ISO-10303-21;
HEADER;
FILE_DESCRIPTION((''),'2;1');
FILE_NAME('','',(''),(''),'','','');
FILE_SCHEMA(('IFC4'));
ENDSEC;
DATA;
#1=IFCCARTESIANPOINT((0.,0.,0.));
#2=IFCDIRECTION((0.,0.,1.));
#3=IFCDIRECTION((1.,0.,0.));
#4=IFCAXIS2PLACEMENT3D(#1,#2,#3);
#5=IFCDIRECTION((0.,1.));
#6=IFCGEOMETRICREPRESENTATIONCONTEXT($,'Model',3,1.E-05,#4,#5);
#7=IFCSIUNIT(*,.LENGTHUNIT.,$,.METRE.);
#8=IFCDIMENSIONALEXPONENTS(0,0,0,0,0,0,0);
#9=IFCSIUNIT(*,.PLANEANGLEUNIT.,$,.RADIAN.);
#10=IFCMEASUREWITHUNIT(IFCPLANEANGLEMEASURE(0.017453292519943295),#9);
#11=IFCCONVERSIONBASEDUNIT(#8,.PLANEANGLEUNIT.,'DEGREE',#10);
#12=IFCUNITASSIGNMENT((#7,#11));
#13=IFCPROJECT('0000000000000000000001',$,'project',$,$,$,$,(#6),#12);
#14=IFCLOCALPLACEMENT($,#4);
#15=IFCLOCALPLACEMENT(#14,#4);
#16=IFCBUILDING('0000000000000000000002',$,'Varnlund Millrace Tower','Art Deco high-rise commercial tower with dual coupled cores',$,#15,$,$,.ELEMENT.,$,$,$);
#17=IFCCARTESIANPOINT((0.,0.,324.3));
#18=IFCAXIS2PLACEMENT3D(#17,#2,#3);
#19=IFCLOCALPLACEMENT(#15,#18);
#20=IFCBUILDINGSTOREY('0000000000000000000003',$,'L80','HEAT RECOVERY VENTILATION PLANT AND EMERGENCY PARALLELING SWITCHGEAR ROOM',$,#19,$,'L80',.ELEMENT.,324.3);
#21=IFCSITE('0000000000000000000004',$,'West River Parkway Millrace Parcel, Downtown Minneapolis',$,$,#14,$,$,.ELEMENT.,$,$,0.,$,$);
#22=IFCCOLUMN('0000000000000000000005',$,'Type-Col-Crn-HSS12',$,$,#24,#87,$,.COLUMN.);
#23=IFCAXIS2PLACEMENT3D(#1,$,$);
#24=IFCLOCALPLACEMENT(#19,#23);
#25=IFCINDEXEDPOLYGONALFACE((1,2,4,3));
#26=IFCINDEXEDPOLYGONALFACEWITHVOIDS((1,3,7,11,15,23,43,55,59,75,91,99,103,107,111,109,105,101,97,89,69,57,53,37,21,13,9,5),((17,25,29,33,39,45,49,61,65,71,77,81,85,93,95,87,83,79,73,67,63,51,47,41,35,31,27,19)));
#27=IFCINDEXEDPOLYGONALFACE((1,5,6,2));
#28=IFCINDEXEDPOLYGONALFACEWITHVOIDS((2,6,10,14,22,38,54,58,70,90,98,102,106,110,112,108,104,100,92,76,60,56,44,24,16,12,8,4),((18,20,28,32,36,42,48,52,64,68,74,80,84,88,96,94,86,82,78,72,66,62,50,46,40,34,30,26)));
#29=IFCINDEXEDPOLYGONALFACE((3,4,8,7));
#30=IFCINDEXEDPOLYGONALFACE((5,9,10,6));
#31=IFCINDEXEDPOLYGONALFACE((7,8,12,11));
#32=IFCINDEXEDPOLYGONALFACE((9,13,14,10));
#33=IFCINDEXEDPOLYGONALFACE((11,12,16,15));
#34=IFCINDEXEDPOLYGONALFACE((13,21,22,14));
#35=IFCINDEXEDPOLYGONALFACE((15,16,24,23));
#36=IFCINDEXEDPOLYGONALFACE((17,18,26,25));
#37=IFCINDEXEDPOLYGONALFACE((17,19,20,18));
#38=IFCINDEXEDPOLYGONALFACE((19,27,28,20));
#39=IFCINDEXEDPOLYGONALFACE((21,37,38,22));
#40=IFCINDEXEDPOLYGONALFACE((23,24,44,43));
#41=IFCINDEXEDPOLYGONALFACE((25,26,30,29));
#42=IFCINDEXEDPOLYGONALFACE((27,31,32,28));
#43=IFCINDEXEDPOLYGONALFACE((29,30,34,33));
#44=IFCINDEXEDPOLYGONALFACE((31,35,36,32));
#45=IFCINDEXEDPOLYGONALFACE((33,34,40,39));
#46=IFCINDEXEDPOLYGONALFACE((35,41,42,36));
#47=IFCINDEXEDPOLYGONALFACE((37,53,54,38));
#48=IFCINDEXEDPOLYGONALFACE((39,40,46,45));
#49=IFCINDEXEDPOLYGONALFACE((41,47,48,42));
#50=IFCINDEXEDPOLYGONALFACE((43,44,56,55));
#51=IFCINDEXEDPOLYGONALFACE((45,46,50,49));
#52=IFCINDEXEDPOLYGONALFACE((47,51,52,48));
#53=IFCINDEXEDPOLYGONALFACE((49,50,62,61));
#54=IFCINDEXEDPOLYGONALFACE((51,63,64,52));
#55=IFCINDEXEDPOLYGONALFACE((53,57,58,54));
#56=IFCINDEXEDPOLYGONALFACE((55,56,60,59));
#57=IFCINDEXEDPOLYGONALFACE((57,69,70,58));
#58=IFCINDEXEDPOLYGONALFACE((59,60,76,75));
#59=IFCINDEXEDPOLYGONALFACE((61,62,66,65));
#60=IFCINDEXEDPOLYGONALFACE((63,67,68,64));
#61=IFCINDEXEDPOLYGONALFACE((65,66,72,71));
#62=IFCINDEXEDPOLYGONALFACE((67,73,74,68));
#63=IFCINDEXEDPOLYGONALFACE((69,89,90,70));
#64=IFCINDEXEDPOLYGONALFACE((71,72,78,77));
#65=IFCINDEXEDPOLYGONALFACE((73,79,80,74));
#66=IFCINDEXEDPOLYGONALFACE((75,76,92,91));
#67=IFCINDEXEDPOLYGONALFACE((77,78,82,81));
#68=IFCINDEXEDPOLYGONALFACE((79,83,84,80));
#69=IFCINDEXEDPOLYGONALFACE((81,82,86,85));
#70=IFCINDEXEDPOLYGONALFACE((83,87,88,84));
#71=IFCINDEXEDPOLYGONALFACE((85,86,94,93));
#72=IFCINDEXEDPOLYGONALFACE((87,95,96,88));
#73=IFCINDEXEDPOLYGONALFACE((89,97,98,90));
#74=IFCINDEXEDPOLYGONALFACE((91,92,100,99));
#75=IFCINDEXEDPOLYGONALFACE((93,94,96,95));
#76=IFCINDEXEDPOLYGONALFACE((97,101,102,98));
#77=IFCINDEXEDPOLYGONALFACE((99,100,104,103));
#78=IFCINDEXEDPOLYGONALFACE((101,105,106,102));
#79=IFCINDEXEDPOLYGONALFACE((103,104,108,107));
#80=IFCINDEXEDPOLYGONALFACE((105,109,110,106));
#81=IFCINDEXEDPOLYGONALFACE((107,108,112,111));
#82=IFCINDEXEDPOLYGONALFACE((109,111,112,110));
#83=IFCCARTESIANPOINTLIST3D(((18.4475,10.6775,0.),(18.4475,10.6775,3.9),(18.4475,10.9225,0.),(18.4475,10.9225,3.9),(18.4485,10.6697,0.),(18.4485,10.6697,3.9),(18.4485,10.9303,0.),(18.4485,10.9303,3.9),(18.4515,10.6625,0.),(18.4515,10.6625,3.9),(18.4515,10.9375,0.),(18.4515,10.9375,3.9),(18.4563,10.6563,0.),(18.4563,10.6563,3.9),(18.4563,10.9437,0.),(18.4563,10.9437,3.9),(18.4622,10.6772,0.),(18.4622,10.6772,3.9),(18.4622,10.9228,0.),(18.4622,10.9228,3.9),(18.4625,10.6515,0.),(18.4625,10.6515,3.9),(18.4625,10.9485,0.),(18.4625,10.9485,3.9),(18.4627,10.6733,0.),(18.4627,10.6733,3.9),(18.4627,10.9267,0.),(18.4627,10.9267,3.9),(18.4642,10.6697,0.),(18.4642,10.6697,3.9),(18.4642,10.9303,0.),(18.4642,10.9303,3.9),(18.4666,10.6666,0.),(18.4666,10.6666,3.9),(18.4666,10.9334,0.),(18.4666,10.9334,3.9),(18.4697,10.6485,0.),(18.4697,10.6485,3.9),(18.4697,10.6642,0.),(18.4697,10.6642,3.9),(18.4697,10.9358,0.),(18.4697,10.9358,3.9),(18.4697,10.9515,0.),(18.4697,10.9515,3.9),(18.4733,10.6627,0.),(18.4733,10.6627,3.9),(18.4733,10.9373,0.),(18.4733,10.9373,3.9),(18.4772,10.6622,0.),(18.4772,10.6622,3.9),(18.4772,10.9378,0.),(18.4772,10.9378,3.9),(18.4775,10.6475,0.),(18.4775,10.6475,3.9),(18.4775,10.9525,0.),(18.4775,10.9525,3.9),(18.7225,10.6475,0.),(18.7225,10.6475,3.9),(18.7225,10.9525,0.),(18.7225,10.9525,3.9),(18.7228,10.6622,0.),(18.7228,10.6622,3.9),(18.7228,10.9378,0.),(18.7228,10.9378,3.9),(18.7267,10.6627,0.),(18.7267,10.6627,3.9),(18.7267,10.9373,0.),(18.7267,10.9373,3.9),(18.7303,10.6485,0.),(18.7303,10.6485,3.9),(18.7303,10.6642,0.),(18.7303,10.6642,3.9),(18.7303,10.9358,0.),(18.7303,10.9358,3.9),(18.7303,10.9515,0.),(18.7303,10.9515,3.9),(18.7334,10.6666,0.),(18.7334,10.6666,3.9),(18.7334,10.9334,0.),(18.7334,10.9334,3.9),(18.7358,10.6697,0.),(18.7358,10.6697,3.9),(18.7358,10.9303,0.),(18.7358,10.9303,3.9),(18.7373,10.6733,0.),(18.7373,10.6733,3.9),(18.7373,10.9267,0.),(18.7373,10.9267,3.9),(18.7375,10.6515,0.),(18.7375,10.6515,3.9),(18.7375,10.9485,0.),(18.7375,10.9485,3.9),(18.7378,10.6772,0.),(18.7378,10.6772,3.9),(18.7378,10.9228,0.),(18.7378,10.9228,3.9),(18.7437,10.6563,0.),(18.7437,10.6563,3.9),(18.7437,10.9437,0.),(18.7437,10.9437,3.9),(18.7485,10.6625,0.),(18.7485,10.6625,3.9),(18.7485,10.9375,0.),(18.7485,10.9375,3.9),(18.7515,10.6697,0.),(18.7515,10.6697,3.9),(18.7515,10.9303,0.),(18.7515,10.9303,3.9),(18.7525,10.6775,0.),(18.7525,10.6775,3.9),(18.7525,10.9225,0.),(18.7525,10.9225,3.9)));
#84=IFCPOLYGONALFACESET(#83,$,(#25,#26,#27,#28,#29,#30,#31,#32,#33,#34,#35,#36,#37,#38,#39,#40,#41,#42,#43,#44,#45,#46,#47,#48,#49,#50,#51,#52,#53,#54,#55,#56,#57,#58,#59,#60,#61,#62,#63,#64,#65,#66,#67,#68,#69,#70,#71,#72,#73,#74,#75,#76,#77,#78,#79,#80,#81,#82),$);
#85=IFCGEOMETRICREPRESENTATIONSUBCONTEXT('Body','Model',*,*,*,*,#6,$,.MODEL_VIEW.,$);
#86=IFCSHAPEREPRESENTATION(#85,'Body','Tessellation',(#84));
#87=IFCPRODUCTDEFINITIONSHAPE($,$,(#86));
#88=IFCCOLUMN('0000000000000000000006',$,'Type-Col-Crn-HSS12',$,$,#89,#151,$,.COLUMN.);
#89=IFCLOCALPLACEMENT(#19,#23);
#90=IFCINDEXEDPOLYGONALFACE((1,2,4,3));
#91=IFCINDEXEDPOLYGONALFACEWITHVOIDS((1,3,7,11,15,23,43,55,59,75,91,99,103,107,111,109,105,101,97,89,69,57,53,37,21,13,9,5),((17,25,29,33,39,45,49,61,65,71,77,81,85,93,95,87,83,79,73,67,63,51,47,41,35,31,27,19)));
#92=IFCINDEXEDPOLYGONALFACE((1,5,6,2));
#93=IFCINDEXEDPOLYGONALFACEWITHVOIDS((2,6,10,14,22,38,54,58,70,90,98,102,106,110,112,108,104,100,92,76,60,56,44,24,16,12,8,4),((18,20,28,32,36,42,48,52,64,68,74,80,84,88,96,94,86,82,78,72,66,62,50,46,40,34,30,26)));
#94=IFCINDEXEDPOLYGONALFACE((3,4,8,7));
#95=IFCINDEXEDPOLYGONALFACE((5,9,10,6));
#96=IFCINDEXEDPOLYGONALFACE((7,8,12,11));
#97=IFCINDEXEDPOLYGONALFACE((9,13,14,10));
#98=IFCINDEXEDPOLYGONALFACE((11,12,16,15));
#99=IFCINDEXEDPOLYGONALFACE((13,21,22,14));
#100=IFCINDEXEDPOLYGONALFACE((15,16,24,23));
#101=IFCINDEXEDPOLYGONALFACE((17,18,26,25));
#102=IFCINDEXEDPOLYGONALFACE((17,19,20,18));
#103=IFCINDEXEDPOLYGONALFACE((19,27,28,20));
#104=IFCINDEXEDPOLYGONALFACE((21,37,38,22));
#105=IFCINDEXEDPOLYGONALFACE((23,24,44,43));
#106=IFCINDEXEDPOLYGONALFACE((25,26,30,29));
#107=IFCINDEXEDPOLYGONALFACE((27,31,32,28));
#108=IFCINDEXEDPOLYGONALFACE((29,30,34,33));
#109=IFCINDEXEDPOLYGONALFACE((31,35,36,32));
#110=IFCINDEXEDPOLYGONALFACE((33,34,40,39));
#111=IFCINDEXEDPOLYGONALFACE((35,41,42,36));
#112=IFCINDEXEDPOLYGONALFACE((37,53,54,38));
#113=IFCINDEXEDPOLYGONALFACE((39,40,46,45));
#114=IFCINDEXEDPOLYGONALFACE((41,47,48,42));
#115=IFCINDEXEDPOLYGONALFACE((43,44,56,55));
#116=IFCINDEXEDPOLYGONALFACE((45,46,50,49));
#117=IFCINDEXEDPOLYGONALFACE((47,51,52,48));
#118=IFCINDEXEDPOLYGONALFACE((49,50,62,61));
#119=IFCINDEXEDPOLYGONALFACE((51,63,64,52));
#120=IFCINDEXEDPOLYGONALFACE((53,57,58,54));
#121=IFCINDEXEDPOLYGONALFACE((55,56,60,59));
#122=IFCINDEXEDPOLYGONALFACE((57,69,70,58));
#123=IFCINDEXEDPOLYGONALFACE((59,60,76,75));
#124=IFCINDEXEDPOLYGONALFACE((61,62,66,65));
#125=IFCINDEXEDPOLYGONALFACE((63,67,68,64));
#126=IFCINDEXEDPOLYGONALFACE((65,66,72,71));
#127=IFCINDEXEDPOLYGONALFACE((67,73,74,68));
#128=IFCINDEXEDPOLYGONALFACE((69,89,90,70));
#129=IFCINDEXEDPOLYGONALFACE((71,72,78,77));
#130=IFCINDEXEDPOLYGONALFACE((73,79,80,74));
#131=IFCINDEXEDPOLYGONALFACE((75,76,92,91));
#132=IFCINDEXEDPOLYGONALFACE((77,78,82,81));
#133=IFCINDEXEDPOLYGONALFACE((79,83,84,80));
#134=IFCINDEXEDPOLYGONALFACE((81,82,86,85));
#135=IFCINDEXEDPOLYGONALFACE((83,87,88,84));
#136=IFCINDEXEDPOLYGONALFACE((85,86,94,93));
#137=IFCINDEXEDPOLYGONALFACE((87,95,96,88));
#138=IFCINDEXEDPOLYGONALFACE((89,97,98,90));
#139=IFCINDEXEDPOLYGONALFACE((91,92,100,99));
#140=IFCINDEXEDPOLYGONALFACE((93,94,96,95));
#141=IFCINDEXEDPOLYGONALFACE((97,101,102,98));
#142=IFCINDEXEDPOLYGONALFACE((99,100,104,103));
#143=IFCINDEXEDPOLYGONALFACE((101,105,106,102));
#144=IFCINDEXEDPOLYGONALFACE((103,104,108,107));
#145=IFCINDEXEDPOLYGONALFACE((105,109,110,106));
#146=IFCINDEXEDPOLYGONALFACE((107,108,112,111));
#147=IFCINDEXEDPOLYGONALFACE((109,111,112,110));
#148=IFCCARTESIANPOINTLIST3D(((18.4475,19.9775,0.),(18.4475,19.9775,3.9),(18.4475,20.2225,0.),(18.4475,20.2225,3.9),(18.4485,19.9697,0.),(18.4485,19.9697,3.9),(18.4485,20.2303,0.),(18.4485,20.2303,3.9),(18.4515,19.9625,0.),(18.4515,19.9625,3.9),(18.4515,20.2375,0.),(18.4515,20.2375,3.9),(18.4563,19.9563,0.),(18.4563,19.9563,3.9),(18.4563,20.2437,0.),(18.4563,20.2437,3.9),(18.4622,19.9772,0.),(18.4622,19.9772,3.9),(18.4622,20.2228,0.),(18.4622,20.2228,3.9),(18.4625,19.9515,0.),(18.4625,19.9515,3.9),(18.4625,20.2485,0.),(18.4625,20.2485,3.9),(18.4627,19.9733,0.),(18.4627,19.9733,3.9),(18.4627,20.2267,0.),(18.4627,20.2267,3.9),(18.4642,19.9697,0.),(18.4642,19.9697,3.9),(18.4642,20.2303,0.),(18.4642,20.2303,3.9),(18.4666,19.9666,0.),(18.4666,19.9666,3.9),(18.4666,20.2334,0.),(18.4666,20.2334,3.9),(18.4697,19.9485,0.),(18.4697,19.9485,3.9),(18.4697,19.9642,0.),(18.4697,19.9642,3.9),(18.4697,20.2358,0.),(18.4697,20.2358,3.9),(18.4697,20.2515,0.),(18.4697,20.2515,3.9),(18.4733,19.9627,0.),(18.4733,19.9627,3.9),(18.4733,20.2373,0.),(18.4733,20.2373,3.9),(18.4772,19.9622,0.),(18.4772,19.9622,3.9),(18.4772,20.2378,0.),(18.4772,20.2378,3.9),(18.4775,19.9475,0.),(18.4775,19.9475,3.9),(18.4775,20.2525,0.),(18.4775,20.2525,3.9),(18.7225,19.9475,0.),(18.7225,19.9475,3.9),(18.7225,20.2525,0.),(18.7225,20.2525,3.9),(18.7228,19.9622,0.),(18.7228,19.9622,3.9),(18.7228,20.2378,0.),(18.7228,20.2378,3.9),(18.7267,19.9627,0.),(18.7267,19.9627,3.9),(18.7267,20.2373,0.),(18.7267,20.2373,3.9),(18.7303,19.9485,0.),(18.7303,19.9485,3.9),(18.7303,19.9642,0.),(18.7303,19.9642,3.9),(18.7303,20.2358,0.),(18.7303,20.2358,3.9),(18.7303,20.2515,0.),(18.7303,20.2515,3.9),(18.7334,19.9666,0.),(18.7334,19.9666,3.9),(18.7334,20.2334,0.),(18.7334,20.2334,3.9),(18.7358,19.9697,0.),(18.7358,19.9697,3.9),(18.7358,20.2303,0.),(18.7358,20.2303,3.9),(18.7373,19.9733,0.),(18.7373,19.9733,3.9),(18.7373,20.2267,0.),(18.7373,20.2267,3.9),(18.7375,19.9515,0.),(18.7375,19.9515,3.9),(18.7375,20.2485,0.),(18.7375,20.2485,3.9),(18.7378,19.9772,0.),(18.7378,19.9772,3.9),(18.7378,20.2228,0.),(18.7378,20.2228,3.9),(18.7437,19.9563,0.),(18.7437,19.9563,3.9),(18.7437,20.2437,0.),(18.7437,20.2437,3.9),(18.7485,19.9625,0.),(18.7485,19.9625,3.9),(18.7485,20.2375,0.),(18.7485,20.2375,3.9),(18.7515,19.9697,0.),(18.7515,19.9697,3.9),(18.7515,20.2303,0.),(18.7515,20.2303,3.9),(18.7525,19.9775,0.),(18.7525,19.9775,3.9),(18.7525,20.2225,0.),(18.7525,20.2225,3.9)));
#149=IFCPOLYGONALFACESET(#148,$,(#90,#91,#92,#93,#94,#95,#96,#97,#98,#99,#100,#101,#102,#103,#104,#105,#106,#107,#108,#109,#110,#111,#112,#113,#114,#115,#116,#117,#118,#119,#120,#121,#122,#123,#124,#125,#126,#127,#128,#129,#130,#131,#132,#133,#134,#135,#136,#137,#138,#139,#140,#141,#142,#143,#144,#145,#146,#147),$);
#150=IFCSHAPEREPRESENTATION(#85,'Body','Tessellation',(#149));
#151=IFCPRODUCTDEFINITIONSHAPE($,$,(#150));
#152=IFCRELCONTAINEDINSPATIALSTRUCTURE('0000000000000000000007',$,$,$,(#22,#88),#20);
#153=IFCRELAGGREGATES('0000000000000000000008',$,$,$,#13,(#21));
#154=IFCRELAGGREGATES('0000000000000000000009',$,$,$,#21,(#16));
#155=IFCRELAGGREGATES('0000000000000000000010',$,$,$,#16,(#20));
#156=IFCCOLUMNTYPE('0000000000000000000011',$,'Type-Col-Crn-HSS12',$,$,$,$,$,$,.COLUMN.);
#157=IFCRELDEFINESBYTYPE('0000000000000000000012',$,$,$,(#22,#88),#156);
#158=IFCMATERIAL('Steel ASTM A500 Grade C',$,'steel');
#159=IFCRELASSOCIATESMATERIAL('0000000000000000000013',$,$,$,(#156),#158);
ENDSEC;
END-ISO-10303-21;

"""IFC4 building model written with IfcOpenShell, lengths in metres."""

from ifc_helpers import new_model, entity, si_unit, converted_unit, direction, frame, origin_with_axes, origin_2d_with_axis, place, context, subcontext, project, spatial, hollow_rectangle, extrude, material, material_profile, profile_set, type_object, element, save


model = new_model("IFC4")

# Units and contexts
model_context = context("Model", 3, precision=1e-05, world=origin_with_axes(), true_north=direction((0.0, 1.0)))
body_context = subcontext(model_context, "Body", "Model", "MODEL_VIEW")
ifc_project = project(units=[si_unit("LENGTHUNIT", "METRE"), converted_unit("PLANEANGLEUNIT", "DEGREE", entity("IfcPlaneAngleMeasure", 0.017453292519943295), si_unit("PLANEANGLEUNIT", "RADIAN"), dimensions=[0, 0, 0, 0, 0, 0, 0])], contexts=[model_context])

# Site, building, storey
site_placement = place(None, origin_with_axes())
site = spatial("IfcSite", under=ifc_project, at=site_placement, Name="West River Parkway Millrace Parcel, Downtown Minneapolis", CompositionType="ELEMENT", RefElevation=0.0)
building_placement = place(site_placement, origin_with_axes())
building = spatial("IfcBuilding", under=site, at=building_placement, Name="Varnlund Millrace Tower", Description="Art Deco high-rise commercial tower with dual coupled cores", CompositionType="ELEMENT")
storey_placement = place(building_placement, frame((0.0, 0.0, 324.3), z_axis=(0.0, 0.0, 1.0), x_axis=(1.0, 0.0, 0.0)))
storey = spatial("IfcBuildingStorey", under=building, at=storey_placement, Name="L80", Description="HEAT RECOVERY VENTILATION PLANT AND EMERGENCY PARALLELING SWITCHGEAR ROOM", LongName="L80", CompositionType="ELEMENT", Elevation=324.3)

# Columns
ifc_material_1 = material(Name="Steel ASTM A500 Grade C", Category="steel")
ifc_material_profile_1 = material_profile(ifc_material_1, hollow_rectangle(XDim=0.305, YDim=0.305, WallThickness=0.0147, InnerFilletRadius=0.015, OuterFilletRadius=0.03, at=origin_2d_with_axis()), Name="Steel ASTM A500 Grade C")
ifc_profile_set_1 = profile_set([ifc_material_profile_1], Name="Steel ASTM A500 Grade C")
column_type = type_object("IfcColumnType", Name="Type-Col-Crn-HSS12", PredefinedType="COLUMN", material=ifc_profile_set_1)
for number, where, z_axis, x_axis, name in (
    (1, (18.6, 10.8, 0.0), (0.0, 0.0, 1.0), (1.0, 0.0, 0.0), "Type-Col-Crn-HSS12"),
    (2, (18.6, 20.1, 0.0), (0.0, 0.0, 1.0), (1.0, 0.0, 0.0), "Type-Col-Crn-HSS12"),
):
    element("IfcColumn", number, at=place(storey_placement, frame(where, z_axis=z_axis, x_axis=x_axis)), inside=storey, type_object=column_type, Name=name, PredefinedType="COLUMN", context=body_context, shape_type="SweptSolid", body=[
        extrude(hollow_rectangle(XDim=0.305, YDim=0.305, WallThickness=0.0147, InnerFilletRadius=0.015, OuterFilletRadius=0.03, at=origin_2d_with_axis()), origin_with_axes(), (0.0, 0.0, 1.0), 3.9),
    ])

save(model, "model.ifc")
